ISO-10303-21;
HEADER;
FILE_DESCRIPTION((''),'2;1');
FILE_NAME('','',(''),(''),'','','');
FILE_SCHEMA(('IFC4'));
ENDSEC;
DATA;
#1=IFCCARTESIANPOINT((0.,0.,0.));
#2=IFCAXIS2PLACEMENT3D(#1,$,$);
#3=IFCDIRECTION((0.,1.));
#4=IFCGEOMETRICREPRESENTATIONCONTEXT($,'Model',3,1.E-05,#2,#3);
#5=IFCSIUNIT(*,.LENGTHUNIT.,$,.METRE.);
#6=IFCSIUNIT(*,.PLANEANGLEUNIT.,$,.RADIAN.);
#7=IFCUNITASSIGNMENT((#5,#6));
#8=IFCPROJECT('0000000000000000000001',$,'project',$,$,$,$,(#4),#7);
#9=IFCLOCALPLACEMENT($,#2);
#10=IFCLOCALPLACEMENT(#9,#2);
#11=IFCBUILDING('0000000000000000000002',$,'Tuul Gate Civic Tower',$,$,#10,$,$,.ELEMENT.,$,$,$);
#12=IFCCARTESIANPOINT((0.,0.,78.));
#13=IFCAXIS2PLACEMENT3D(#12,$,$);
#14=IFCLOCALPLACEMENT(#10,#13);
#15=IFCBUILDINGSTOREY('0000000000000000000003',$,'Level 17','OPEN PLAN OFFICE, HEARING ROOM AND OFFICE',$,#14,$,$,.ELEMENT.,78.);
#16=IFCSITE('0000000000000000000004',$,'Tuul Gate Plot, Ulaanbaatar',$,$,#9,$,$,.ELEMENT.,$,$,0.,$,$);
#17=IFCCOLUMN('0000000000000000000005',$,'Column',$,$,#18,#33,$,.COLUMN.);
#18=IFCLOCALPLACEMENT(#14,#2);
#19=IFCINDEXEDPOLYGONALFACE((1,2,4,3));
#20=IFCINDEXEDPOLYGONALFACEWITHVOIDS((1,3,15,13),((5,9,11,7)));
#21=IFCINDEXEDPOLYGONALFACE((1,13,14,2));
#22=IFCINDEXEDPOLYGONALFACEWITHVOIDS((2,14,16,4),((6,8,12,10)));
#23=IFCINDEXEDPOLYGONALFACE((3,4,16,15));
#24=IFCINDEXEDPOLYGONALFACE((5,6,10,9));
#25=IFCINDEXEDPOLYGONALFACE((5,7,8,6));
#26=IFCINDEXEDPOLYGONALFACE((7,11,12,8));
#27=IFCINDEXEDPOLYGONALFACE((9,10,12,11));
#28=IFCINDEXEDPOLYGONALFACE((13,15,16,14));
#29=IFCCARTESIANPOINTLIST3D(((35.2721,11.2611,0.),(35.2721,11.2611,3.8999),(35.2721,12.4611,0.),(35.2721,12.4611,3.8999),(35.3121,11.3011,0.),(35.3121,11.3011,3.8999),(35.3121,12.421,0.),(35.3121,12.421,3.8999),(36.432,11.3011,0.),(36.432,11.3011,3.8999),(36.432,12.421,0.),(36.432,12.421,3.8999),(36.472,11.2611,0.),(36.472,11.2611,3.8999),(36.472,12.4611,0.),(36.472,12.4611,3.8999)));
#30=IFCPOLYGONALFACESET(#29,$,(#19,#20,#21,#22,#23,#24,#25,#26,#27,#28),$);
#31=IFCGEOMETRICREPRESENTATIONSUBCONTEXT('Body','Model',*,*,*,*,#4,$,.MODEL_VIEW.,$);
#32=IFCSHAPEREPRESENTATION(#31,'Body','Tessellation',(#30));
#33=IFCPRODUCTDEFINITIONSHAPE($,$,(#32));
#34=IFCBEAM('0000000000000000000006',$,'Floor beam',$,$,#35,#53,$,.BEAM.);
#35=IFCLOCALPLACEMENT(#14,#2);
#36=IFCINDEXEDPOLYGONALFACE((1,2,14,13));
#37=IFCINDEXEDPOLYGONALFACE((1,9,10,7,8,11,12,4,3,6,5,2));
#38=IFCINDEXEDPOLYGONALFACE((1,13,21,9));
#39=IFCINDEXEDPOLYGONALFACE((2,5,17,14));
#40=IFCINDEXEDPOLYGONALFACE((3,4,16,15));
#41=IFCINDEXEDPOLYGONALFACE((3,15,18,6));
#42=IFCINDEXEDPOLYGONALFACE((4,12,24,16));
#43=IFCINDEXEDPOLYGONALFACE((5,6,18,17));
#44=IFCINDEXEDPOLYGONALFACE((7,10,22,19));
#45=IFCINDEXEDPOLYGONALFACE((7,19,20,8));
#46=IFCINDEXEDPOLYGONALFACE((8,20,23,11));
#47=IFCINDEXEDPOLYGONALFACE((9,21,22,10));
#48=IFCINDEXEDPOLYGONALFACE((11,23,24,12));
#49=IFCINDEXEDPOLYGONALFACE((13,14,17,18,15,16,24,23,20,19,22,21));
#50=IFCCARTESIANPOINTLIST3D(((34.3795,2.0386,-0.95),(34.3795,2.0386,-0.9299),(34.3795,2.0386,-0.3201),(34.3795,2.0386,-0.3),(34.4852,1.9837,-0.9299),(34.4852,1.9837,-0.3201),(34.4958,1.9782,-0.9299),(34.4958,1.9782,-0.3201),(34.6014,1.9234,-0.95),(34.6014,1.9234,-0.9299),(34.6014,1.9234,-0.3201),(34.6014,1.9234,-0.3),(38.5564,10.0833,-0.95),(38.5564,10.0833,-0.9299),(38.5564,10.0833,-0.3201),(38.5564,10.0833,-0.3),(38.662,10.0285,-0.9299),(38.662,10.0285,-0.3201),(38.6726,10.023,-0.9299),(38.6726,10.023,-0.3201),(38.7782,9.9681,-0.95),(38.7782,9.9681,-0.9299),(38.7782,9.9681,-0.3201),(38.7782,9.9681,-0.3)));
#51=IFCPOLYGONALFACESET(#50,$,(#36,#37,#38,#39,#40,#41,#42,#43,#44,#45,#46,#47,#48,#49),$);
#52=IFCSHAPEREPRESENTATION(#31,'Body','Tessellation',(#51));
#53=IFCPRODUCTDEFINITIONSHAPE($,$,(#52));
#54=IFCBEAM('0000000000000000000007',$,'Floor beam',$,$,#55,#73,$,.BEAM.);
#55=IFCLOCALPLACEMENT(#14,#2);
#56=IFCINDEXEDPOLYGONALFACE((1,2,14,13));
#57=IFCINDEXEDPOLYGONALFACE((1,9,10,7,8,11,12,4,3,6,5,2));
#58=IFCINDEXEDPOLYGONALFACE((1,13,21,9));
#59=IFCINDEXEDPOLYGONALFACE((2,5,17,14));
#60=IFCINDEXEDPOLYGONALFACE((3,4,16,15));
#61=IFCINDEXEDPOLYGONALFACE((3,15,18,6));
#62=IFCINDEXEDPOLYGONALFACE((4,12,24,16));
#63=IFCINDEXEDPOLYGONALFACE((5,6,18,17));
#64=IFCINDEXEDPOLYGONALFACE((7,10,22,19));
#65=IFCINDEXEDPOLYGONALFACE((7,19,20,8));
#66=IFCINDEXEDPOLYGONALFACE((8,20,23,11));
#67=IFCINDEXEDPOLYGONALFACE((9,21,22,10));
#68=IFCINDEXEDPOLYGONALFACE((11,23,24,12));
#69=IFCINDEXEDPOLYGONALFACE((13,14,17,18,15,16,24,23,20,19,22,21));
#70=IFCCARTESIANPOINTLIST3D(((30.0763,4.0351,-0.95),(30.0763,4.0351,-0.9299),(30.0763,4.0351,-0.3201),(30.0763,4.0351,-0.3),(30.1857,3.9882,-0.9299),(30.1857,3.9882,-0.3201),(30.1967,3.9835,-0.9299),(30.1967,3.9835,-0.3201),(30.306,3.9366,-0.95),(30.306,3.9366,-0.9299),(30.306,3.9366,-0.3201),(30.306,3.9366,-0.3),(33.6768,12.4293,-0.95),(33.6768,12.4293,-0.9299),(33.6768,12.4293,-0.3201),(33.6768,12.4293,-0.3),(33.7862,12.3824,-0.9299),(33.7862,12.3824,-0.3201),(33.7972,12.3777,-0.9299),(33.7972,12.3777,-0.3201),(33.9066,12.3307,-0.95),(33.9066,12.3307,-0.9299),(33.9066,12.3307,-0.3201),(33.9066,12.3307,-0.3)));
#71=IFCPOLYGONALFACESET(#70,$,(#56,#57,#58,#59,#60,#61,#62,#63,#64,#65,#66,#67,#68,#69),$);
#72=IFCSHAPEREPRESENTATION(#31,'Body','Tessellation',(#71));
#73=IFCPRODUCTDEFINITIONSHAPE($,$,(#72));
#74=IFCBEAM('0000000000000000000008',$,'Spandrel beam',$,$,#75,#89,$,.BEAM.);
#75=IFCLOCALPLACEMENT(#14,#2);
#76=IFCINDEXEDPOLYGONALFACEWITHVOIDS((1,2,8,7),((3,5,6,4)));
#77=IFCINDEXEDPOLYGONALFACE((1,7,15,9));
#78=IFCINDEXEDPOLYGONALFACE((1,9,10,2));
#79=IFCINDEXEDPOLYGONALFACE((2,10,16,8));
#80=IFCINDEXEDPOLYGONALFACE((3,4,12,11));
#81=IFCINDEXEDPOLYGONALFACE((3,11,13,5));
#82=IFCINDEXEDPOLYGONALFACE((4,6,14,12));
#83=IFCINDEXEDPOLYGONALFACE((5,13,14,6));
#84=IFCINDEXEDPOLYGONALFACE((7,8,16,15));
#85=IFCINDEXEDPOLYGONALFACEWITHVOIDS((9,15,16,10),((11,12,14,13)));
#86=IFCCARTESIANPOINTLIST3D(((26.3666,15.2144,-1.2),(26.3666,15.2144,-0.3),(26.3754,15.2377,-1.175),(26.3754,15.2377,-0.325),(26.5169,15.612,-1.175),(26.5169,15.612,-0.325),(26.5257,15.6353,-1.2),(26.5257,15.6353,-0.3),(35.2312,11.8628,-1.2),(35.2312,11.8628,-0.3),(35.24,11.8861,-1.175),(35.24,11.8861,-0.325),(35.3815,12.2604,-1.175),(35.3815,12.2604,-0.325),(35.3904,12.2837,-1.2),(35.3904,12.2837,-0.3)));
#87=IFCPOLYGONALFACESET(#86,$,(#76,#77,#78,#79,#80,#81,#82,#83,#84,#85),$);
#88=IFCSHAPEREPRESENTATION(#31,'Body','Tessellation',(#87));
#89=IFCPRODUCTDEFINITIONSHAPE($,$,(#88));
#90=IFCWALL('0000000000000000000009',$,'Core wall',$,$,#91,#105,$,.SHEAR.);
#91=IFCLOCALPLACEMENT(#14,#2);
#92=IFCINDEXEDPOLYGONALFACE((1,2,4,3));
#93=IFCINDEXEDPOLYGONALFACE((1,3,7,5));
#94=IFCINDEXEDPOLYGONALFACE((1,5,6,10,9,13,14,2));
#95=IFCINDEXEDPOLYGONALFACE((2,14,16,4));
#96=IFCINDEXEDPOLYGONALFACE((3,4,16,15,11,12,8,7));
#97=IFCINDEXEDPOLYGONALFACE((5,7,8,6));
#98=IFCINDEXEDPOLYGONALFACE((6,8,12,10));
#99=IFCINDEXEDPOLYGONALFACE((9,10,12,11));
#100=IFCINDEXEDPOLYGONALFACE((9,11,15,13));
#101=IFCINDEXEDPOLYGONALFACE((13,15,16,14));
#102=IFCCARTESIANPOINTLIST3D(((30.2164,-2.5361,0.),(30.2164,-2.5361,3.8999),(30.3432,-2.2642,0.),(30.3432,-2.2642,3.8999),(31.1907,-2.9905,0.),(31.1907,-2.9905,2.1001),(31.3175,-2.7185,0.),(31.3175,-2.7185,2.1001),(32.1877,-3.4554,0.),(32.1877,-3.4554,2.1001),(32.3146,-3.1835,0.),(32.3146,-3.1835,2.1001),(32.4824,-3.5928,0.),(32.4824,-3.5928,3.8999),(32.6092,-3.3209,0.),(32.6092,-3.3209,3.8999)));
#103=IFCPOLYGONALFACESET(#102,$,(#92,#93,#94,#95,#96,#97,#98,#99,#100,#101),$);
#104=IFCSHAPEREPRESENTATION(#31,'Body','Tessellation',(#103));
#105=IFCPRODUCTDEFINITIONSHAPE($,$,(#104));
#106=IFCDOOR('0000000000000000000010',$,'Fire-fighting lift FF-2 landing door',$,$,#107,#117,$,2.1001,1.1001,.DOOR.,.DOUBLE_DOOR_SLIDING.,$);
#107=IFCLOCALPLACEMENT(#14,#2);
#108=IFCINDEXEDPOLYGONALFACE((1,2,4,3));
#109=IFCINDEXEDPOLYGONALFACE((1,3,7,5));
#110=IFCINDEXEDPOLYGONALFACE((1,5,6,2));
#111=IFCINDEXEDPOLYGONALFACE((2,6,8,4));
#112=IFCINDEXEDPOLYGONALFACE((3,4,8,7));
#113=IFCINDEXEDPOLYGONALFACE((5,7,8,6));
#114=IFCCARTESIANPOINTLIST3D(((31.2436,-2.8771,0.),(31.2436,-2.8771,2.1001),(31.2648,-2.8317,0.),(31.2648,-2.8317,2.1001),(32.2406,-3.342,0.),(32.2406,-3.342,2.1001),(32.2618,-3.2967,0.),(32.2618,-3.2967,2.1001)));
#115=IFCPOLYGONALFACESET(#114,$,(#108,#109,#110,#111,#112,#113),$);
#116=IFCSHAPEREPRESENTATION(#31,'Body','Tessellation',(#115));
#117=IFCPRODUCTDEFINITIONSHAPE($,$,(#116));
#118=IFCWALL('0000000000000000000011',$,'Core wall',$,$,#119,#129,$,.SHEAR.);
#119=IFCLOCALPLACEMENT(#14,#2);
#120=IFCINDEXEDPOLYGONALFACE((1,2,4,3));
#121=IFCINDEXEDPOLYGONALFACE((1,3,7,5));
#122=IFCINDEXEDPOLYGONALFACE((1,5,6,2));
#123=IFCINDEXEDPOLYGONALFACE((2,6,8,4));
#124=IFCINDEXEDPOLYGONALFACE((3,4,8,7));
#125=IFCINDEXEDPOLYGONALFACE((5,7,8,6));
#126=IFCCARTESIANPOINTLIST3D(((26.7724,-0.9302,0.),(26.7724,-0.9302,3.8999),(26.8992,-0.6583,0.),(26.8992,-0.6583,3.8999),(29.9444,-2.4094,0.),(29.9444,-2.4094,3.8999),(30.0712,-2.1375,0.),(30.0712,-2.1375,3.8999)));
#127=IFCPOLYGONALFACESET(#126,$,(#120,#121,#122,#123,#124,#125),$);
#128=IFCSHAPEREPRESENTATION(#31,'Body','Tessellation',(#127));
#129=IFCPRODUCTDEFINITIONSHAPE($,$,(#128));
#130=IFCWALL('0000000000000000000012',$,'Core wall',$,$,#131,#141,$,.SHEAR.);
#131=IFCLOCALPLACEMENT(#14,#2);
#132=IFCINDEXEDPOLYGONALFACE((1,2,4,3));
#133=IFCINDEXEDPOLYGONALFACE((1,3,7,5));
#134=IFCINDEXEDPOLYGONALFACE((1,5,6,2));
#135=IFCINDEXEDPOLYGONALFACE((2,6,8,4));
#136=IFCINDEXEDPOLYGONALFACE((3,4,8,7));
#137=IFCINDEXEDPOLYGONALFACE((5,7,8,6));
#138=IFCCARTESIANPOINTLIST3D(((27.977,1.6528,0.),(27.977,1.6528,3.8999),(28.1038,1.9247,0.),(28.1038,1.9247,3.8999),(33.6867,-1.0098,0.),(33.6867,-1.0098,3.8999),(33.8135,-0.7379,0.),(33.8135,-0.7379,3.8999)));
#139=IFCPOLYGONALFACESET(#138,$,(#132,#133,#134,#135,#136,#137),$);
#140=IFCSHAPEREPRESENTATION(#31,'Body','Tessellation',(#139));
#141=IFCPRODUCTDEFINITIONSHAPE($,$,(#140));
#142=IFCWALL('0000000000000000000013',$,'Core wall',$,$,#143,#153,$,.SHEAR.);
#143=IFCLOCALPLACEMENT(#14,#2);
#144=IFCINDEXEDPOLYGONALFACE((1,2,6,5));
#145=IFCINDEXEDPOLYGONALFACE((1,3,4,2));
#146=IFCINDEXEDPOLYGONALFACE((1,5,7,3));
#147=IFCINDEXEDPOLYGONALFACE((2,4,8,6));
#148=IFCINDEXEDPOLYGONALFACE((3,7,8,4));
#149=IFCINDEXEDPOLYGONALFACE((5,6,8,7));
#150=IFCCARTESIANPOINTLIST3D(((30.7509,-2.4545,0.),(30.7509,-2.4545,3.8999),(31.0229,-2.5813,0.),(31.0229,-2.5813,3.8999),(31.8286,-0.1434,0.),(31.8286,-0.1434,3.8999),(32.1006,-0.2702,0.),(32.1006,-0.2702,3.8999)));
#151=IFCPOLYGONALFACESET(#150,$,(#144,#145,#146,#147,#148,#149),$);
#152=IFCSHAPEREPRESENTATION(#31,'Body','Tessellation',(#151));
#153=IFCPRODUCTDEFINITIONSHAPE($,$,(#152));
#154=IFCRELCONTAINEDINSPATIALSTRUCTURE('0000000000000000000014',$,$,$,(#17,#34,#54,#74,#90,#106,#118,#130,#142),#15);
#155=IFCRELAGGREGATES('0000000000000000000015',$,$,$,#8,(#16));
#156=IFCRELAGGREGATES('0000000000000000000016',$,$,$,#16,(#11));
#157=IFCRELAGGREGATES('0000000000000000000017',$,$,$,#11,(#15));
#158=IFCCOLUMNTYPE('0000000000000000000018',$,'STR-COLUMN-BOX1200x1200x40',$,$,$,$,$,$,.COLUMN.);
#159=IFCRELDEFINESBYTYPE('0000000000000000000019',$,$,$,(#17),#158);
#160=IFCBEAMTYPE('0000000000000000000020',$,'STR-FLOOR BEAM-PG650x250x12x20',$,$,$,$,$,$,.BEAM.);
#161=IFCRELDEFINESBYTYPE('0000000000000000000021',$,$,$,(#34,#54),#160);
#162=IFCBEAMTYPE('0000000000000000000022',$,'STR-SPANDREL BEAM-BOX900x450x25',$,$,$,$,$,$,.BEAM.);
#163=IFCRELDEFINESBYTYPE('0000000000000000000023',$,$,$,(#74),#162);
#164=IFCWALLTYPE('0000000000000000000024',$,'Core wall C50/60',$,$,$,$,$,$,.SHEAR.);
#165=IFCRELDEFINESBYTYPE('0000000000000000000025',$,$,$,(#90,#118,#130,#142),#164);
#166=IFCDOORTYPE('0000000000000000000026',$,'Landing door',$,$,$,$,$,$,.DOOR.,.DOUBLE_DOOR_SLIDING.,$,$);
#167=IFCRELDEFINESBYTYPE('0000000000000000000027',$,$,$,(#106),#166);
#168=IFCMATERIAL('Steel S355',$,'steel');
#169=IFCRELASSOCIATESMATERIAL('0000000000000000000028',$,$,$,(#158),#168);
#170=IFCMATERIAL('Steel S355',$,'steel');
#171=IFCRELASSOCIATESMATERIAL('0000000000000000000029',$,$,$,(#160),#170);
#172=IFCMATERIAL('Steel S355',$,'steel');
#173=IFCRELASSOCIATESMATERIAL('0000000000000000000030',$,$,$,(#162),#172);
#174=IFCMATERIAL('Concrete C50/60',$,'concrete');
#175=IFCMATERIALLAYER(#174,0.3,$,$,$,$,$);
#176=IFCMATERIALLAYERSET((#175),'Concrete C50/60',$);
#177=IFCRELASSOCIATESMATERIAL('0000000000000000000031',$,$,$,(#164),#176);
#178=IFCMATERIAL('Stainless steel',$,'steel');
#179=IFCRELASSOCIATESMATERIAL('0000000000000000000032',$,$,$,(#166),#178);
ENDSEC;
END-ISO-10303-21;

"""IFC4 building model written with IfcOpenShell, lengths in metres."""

from ifc_helpers import new_model, si_unit, direction, frame, frame_2d, origin, origin_2d, place, context, subcontext, project, spatial, rectangle, hollow_rectangle, i_section, extrude, material, layer, layer_set, material_profile, profile_set, type_object, element, fill, save


model = new_model("IFC4")

# Units and contexts
model_context = context("Model", 3, precision=1e-05, world=origin(), true_north=direction((0.0, 1.0)))
body_context = subcontext(model_context, "Body", "Model", "MODEL_VIEW")
ifc_project = project(units=[si_unit("LENGTHUNIT", "METRE"), si_unit("PLANEANGLEUNIT", "RADIAN")], contexts=[model_context])

# Site, building, storey
site_placement = place(None, origin())
site = spatial("IfcSite", under=ifc_project, at=site_placement, Name="Tuul Gate Plot, Ulaanbaatar", CompositionType="ELEMENT", RefElevation=0.0)
building_placement = place(site_placement, origin())
building = spatial("IfcBuilding", under=site, at=building_placement, Name="Tuul Gate Civic Tower", CompositionType="ELEMENT")
storey_placement = place(building_placement, frame((0.0, 0.0, 78.0)))
storey = spatial("IfcBuildingStorey", under=building, at=storey_placement, Name="Level 17", Description="OPEN PLAN OFFICE, HEARING ROOM AND OFFICE", CompositionType="ELEMENT", Elevation=78.0)

# Column
ifc_material_1 = material(Name="Steel S355", Category="steel")
ifc_material_profile_1 = material_profile(ifc_material_1, hollow_rectangle(XDim=1.2, YDim=1.2, WallThickness=0.04, at=origin_2d()), Name="BOX1200x1200x40")
ifc_profile_set_1 = profile_set([ifc_material_profile_1], Name="Steel S355")
column_type = type_object("IfcColumnType", Name="STR-COLUMN-BOX1200x1200x40", PredefinedType="COLUMN", material=ifc_profile_set_1)
column_placement = place(storey_placement, frame((35.8721, 11.8611, 0.0), z_axis=(0.0, 0.0, 1.0), x_axis=(1.0, 0.0, 0.0)))
element("IfcColumn", 1, at=column_placement, inside=storey, type_object=column_type, Name="Column", PredefinedType="COLUMN", context=body_context, shape_type="SweptSolid", body=[
    extrude(hollow_rectangle(XDim=1.2, YDim=1.2, WallThickness=0.04, at=origin_2d()), origin(), (0.0, 0.0, 1.0), 3.8999),
])

# Beams
ifc_material_2 = material(Name="Steel S355", Category="steel")
ifc_material_profile_2 = material_profile(ifc_material_2, i_section(OverallWidth=0.25, OverallDepth=0.6499, WebThickness=0.012, FlangeThickness=0.02, at=origin_2d()), Name="PG650x250x12x20")
ifc_profile_set_2 = profile_set([ifc_material_profile_2], Name="Steel S355")
beam_type_1 = type_object("IfcBeamType", Name="STR-FLOOR BEAM-PG650x250x12x20", PredefinedType="BEAM", material=ifc_profile_set_2)
beam_1_placement = place(storey_placement, frame((34.4905, 1.981, -0.625), z_axis=(0.46079, 0.887509, 0.0), x_axis=(-0.887509, 0.46079, 0.0)))
element("IfcBeam", 2, at=beam_1_placement, inside=storey, type_object=beam_type_1, Name="Floor beam", PredefinedType="BEAM", context=body_context, shape_type="SweptSolid", body=[
    extrude(i_section(OverallWidth=0.25, OverallDepth=0.6499, WebThickness=0.012, FlangeThickness=0.02, at=origin_2d()), origin(), (0.0, 0.0, 1.0), 9.0645),
])
beam_2_placement = place(storey_placement, frame((30.1912, 3.9858, -0.625), z_axis=(0.3942, 0.919025, 0.0), x_axis=(-0.919025, 0.3942, 0.0)))
element("IfcBeam", 3, at=beam_2_placement, inside=storey, type_object=beam_type_1, Name="Floor beam", PredefinedType="BEAM", context=body_context, shape_type="SweptSolid", body=[
    extrude(i_section(OverallWidth=0.25, OverallDepth=0.6499, WebThickness=0.012, FlangeThickness=0.02, at=origin_2d()), origin(), (0.0, 0.0, 1.0), 9.1338),
])
ifc_material_3 = material(Name="Steel S355", Category="steel")
ifc_material_profile_3 = material_profile(ifc_material_3, hollow_rectangle(XDim=0.45, YDim=0.8999, WallThickness=0.0249, at=origin_2d()), Name="BOX900x450x25")
ifc_profile_set_3 = profile_set([ifc_material_profile_3], Name="Steel S355")
beam_type_2 = type_object("IfcBeamType", Name="STR-SPANDREL BEAM-BOX900x450x25", PredefinedType="BEAM", material=ifc_profile_set_3)
beam_3_placement = place(storey_placement, frame((35.3108, 12.0732, -0.75), z_axis=(-0.935376, 0.353655, 0.0), x_axis=(-0.353655, -0.935376, 0.0)))
element("IfcBeam", 4, at=beam_3_placement, inside=storey, type_object=beam_type_2, Name="Spandrel beam", PredefinedType="BEAM", context=body_context, shape_type="SweptSolid", body=[
    extrude(hollow_rectangle(XDim=0.45, YDim=0.8999, WallThickness=0.0249, at=origin_2d()), origin(), (0.0, 0.0, 1.0), 9.4771),
])

# Wall, opening, door
ifc_material_4 = material(Name="Concrete C50/60", Category="concrete")
ifc_layer_1 = layer(ifc_material_4, 0.3)
ifc_layer_set_1 = layer_set([ifc_layer_1], Name="Concrete C50/60")
wall_type_1 = type_object("IfcWallType", Name="Core wall C50/60", PredefinedType="SHEAR", material=ifc_layer_set_1)
wall_1_placement = place(storey_placement, frame((32.5457, -3.4568, 0.0), z_axis=(0.0, 0.0, 1.0), x_axis=(-0.9063, 0.422634, 0.0)))
wall_1 = element("IfcWall", 5, at=wall_1_placement, inside=storey, type_object=wall_type_1, Name="Core wall", PredefinedType="SHEAR", context=body_context, shape_type="SweptSolid", body=[
    extrude(rectangle(XDim=2.5002, YDim=0.3, at=frame_2d((1.25, 0.0))), origin(), (0.0, 0.0, 1.0), 3.8999),
])
opening_1_placement = place(wall_1_placement, frame((0.325, 0.0, 0.0)))
opening_1 = element("IfcOpeningElement", 6, at=opening_1_placement, cuts=wall_1, PredefinedType="OPENING", context=body_context, shape_type="SweptSolid", body=[
    extrude(rectangle(XDim=1.1001, YDim=2.1001, at=frame_2d((0.55, 1.05))), frame((0.0, 0.1602, 0.0), z_axis=(0.0, -1.0, 0.0), x_axis=(1.0, 0.0, 0.0)), (0.0, 0.0, 1.0), 0.3201),
])
ifc_material_5 = material(Name="Stainless steel", Category="steel")
door_type_1 = type_object("IfcDoorType", Name="Landing door", OperationType="DOUBLE_DOOR_SLIDING", PredefinedType="DOOR", material=ifc_material_5)
door_1_placement = place(opening_1_placement, origin())
door_1 = element("IfcDoor", 7, at=door_1_placement, inside=storey, type_object=door_type_1, Name="Fire-fighting lift FF-2 landing door", OperationType="DOUBLE_DOOR_SLIDING", OverallHeight=2.1001, OverallWidth=1.1001, PredefinedType="DOOR", context=body_context, shape_type="SweptSolid", body=[
    extrude(rectangle(XDim=1.1001, YDim=2.1001, at=frame_2d((0.55, 1.05))), frame((0.0, 0.0249, 0.0), z_axis=(0.0, -1.0, 0.0), x_axis=(1.0, 0.0, 0.0)), (0.0, 0.0, 1.0), 0.05),
])
fill(opening_1, door_1)

# Walls
wall_2_placement = place(storey_placement, frame((30.0078, -2.2734, 0.0), z_axis=(0.0, 0.0, 1.0), x_axis=(-0.906301, 0.422633, 0.0)))
element("IfcWall", 8, at=wall_2_placement, inside=storey, type_object=wall_type_1, Name="Core wall", PredefinedType="SHEAR", context=body_context, shape_type="SweptSolid", body=[
    extrude(rectangle(XDim=3.5, YDim=0.3, at=frame_2d((1.75, 0.0))), origin(), (0.0, 0.0, 1.0), 3.8999),
])
wall_3_placement = place(storey_placement, frame((33.75, -0.8738, 0.0), z_axis=(0.0, 0.0, 1.0), x_axis=(-0.906301, 0.422633, 0.0)))
element("IfcWall", 9, at=wall_3_placement, inside=storey, type_object=wall_type_1, Name="Core wall", PredefinedType="SHEAR", context=body_context, shape_type="SweptSolid", body=[
    extrude(rectangle(XDim=6.3, YDim=0.3, at=frame_2d((3.1499, 0.0))), origin(), (0.0, 0.0, 1.0), 3.8999),
])
wall_4_placement = place(storey_placement, frame((30.887, -2.5178, 0.0), z_axis=(0.0, 0.0, 1.0), x_axis=(0.422613, 0.90631, 0.0)))
element("IfcWall", 10, at=wall_4_placement, inside=storey, type_object=wall_type_1, Name="Core wall", PredefinedType="SHEAR", context=body_context, shape_type="SweptSolid", body=[
    extrude(rectangle(XDim=2.55, YDim=0.3, at=frame_2d((1.2749, 0.0))), origin(), (0.0, 0.0, 1.0), 3.8999),
])

save(model, "model.ifc")
